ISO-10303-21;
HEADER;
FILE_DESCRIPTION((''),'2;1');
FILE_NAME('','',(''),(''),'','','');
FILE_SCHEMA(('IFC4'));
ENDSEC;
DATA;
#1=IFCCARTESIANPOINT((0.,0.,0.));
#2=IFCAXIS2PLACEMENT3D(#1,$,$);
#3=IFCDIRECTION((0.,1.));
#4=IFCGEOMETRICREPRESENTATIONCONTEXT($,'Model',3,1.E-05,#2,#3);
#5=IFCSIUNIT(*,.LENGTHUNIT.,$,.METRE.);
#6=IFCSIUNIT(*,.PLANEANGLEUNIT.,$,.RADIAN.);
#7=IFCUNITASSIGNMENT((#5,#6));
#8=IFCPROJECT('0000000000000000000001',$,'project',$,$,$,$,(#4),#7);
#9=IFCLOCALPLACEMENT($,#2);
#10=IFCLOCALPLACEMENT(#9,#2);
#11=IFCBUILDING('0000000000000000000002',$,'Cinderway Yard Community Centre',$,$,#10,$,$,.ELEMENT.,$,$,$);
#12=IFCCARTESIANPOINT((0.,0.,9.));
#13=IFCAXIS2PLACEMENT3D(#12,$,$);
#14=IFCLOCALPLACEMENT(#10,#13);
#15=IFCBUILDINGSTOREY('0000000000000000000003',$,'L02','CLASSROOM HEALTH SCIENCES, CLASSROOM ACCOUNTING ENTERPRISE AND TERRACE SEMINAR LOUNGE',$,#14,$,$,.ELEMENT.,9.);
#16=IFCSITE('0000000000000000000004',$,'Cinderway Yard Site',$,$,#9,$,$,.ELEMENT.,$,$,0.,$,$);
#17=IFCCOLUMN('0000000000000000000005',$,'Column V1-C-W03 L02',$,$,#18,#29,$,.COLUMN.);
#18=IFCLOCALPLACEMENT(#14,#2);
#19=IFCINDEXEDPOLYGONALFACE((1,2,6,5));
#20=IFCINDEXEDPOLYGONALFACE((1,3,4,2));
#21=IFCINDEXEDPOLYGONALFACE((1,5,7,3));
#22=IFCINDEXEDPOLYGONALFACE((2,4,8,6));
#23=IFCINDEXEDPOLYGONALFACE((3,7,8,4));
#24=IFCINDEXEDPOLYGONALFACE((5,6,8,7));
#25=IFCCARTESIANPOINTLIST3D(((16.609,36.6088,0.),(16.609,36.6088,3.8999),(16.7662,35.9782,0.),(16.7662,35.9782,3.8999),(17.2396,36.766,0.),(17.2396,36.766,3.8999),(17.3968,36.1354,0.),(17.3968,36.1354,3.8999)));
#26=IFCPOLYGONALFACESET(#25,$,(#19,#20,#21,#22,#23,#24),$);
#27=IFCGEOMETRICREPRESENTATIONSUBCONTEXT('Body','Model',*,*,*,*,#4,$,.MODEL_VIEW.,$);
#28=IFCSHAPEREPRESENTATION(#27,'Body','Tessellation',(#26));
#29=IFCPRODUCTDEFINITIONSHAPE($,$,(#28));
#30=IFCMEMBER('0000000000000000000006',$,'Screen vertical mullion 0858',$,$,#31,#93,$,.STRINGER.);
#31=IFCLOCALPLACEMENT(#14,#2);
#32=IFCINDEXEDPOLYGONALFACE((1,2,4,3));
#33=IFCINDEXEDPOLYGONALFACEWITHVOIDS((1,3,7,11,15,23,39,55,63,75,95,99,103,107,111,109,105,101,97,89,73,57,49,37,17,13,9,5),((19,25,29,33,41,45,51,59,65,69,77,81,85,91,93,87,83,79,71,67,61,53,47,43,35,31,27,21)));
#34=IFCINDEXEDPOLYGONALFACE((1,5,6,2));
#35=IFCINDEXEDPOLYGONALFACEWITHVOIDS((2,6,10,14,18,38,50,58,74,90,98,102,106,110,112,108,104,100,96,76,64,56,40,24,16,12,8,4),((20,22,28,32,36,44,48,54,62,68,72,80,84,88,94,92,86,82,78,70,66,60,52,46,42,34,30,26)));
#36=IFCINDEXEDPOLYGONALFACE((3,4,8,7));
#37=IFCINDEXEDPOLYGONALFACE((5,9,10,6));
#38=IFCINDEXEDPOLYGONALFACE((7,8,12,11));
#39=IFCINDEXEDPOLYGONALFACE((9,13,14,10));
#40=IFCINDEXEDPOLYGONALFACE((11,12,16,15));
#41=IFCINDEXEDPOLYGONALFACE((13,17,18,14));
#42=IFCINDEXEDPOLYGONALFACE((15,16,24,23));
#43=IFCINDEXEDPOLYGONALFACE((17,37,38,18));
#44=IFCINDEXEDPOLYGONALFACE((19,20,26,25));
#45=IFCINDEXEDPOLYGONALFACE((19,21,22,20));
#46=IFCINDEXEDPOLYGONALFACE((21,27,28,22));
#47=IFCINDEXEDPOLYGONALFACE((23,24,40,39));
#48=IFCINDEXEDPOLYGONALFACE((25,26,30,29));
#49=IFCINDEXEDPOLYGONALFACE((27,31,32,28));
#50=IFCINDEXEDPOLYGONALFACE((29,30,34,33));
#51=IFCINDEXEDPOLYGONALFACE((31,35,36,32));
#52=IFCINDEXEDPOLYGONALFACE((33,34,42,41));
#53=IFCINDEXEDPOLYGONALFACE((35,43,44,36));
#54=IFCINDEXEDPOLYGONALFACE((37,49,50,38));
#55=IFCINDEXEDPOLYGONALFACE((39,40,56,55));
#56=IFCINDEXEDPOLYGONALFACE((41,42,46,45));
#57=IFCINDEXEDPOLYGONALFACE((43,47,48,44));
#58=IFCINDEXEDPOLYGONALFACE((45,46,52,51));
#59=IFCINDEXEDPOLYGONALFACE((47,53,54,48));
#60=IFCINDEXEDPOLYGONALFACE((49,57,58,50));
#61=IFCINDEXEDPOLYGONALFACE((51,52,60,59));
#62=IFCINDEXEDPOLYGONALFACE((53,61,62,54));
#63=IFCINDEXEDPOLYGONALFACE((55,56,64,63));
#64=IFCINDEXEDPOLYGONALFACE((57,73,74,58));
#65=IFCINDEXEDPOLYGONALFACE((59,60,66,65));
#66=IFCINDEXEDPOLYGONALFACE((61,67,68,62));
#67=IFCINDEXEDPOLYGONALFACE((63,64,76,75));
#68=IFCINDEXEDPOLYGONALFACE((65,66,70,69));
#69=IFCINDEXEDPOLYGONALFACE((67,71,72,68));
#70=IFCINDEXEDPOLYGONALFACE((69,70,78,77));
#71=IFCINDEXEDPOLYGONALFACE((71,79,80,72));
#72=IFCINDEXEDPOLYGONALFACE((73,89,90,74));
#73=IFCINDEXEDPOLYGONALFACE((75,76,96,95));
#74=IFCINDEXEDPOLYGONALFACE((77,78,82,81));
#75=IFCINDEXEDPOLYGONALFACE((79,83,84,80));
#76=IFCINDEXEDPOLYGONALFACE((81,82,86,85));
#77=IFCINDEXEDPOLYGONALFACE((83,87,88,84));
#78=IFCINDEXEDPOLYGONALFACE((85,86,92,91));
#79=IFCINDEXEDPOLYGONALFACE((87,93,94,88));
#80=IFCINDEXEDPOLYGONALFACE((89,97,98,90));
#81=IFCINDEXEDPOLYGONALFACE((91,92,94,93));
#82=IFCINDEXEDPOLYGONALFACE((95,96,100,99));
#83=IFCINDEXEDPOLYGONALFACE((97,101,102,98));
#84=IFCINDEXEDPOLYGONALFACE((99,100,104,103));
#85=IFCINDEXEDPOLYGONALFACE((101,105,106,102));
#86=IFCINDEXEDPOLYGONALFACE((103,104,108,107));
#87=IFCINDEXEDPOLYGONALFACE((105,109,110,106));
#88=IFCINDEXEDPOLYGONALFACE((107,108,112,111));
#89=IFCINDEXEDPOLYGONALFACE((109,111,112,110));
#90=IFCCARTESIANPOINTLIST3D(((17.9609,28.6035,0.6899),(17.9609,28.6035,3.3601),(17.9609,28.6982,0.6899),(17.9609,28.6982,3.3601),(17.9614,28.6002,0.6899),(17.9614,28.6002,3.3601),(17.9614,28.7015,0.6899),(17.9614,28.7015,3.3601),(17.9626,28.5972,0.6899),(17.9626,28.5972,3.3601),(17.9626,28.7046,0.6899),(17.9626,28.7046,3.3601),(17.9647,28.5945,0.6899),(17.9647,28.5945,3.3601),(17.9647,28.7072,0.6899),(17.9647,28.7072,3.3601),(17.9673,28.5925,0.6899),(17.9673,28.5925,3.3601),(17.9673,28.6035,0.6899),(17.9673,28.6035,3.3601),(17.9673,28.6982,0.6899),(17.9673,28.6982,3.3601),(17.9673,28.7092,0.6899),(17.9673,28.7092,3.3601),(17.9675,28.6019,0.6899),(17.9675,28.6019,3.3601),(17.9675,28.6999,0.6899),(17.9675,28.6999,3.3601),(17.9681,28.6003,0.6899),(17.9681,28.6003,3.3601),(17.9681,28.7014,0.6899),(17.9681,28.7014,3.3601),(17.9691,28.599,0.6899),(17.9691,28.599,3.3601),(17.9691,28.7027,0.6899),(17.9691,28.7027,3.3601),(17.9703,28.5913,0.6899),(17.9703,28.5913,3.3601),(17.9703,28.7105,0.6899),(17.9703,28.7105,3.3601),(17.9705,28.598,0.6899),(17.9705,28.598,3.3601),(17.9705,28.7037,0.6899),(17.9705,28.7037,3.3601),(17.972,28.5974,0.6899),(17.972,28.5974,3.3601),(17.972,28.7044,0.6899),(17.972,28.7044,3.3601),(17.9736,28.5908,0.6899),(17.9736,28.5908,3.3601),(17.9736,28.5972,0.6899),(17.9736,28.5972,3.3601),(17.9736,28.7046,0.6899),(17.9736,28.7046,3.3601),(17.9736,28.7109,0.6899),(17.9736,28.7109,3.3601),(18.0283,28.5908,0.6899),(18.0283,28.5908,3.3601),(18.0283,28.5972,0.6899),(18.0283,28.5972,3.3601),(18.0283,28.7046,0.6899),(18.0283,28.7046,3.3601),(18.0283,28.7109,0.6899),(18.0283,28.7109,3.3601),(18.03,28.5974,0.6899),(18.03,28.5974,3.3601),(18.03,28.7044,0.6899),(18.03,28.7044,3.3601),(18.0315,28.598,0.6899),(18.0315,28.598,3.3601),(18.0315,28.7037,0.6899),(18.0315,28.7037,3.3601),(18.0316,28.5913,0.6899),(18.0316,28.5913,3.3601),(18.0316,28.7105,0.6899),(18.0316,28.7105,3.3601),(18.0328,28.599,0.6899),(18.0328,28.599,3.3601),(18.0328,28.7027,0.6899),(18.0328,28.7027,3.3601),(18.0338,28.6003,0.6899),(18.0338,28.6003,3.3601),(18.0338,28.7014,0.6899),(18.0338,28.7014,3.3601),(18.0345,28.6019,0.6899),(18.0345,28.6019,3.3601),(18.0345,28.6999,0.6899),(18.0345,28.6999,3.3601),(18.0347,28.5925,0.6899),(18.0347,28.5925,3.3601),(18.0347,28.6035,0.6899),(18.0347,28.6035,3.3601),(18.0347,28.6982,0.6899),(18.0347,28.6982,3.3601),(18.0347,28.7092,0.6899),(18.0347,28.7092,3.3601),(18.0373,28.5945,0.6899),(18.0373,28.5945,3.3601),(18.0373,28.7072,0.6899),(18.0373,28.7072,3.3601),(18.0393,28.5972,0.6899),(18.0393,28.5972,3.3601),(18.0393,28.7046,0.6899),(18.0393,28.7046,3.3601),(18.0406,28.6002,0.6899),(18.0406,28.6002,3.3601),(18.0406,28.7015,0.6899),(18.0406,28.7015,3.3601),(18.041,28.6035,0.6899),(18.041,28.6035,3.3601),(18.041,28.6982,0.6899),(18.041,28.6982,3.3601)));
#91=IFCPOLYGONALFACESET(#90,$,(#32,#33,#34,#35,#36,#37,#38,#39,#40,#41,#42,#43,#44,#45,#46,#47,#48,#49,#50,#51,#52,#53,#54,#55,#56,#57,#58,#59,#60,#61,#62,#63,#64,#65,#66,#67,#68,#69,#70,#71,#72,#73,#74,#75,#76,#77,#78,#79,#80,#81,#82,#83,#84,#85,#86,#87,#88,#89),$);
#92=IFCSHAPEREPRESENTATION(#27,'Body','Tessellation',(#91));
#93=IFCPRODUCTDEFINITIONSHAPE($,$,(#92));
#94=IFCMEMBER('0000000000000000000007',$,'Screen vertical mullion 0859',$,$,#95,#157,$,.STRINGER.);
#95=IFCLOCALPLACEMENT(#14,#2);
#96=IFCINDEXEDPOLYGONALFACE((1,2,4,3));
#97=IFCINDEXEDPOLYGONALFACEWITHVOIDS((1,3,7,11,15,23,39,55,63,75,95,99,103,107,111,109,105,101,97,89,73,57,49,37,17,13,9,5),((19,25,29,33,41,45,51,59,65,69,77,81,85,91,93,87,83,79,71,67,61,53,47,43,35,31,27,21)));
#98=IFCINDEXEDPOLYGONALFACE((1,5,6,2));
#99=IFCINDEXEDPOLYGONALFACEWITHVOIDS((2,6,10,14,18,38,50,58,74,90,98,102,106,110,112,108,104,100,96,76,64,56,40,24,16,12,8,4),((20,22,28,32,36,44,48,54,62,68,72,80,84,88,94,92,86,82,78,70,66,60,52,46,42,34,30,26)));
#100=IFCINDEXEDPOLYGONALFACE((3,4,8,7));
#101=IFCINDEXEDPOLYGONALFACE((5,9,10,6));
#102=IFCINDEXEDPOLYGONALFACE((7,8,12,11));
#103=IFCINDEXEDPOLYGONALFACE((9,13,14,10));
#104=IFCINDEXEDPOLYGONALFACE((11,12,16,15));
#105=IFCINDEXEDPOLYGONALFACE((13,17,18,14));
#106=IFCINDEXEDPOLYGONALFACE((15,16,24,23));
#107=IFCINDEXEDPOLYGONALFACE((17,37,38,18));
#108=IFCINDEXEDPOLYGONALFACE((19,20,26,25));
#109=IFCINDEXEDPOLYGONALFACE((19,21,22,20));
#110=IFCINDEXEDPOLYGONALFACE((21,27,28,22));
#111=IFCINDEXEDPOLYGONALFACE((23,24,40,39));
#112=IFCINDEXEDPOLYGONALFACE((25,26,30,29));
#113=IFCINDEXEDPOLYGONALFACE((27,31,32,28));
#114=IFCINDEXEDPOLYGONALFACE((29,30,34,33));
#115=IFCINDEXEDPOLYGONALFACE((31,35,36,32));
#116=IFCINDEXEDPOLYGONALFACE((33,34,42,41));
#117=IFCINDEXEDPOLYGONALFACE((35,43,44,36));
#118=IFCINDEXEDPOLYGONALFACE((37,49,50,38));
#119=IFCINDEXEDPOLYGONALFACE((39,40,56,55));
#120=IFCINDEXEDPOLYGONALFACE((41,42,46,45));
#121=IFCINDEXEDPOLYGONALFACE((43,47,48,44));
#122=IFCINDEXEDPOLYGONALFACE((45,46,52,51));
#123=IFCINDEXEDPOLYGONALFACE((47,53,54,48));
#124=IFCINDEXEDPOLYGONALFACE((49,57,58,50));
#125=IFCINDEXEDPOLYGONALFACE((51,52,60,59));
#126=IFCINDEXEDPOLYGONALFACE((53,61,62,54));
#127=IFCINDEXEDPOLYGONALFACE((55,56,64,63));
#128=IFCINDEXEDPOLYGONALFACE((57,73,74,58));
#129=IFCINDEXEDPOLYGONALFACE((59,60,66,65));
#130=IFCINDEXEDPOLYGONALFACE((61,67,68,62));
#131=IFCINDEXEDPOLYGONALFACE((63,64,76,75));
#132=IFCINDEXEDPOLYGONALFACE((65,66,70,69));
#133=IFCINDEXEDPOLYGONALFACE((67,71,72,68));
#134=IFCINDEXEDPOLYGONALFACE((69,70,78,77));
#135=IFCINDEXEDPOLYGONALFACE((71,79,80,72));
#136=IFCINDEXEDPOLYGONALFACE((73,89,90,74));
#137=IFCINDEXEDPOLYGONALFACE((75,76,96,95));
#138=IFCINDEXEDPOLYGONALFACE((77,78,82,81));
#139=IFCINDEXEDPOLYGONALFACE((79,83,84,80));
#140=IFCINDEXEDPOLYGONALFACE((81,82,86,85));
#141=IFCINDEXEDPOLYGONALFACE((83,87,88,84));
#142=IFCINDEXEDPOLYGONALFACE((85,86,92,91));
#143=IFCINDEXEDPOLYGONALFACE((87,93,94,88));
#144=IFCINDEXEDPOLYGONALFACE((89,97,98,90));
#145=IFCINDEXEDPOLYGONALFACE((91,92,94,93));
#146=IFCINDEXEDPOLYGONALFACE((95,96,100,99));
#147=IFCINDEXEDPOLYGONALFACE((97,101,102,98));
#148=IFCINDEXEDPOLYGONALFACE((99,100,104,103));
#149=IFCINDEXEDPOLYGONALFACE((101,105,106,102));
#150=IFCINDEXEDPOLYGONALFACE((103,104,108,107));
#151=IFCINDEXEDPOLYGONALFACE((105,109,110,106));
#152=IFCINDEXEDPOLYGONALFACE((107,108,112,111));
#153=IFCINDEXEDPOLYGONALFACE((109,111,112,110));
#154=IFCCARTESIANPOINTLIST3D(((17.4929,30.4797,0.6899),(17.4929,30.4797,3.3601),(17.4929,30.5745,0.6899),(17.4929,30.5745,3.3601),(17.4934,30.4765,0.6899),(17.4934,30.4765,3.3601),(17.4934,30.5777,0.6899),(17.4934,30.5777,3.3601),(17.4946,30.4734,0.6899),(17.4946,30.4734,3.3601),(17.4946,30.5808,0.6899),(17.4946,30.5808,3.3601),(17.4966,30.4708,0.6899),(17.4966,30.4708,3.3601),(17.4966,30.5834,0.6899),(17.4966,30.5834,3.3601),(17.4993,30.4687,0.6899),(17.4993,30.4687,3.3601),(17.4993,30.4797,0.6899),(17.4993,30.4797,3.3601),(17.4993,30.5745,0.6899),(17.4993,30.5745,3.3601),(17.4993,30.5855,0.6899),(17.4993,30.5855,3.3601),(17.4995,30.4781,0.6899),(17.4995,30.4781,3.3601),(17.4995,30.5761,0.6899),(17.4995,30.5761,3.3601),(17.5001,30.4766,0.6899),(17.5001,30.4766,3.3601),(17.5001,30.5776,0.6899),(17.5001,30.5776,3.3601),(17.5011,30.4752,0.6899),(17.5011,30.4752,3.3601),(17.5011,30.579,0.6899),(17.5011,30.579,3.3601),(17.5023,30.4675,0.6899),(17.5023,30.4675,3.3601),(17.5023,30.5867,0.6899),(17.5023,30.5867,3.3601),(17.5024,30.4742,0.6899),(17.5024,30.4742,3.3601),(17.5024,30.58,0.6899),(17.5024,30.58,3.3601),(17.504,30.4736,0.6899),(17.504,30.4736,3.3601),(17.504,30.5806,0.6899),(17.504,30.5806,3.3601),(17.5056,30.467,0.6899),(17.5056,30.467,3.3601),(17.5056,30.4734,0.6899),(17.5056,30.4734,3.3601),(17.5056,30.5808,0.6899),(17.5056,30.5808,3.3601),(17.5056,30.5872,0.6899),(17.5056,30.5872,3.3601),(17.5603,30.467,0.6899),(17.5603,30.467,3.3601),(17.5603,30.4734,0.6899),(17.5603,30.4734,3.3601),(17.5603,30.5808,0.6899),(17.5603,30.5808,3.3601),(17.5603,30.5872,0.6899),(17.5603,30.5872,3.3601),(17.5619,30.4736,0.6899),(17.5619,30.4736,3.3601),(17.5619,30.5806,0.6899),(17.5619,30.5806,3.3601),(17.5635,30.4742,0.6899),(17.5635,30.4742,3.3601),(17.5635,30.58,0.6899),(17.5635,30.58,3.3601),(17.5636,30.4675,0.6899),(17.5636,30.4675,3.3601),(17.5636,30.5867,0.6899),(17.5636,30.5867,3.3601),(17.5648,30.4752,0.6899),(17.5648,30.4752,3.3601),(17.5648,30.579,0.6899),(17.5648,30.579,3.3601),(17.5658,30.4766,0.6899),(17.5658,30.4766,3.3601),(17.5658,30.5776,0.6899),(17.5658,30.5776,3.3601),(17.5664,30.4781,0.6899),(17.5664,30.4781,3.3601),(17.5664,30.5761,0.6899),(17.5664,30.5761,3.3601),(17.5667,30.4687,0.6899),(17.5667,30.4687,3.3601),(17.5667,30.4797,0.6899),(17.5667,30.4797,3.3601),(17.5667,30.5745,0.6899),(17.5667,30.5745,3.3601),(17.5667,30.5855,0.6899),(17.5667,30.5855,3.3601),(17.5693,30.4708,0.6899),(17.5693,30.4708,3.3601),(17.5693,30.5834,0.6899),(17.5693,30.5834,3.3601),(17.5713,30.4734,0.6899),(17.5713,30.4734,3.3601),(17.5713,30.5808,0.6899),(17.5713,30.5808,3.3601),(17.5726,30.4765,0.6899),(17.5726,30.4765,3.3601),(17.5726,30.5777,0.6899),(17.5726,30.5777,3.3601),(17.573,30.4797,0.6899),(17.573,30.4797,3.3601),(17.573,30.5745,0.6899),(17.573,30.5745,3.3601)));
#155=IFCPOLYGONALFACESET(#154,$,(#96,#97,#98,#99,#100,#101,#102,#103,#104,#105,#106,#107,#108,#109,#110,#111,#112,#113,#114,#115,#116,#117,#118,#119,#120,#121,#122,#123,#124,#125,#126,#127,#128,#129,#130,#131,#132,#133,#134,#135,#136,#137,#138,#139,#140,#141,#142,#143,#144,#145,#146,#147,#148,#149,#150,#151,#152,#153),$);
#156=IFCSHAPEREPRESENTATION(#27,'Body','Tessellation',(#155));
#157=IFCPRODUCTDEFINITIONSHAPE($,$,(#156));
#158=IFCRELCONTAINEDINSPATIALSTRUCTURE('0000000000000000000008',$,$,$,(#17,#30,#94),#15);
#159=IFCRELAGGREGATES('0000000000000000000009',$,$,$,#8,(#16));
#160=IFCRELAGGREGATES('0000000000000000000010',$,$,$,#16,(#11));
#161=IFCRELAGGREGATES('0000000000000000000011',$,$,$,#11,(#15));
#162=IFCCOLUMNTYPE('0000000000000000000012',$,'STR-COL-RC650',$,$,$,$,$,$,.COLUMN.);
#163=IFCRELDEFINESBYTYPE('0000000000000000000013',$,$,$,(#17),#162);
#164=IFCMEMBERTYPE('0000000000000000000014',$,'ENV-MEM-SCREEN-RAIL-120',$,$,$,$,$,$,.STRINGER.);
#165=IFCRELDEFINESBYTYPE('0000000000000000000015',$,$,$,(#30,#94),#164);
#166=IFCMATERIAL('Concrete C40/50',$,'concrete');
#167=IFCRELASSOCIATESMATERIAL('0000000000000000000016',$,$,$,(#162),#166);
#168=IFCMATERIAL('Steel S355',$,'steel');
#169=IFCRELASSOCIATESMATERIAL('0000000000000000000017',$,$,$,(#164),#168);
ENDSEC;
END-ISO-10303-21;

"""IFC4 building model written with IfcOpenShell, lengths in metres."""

from ifc_helpers import new_model, si_unit, direction, frame, origin, origin_2d, place, context, subcontext, project, spatial, rectangle, hollow_rectangle, extrude, material, material_profile, profile_set, type_object, element, save


model = new_model("IFC4")

# Units and contexts
model_context = context("Model", 3, precision=1e-05, world=origin(), true_north=direction((0.0, 1.0)))
body_context = subcontext(model_context, "Body", "Model", "MODEL_VIEW")
ifc_project = project(units=[si_unit("LENGTHUNIT", "METRE"), si_unit("PLANEANGLEUNIT", "RADIAN")], contexts=[model_context])

# Site, building, storey
site_placement = place(None, origin())
site = spatial("IfcSite", under=ifc_project, at=site_placement, Name="Cinderway Yard Site", CompositionType="ELEMENT", RefElevation=0.0)
building_placement = place(site_placement, origin())
building = spatial("IfcBuilding", under=site, at=building_placement, Name="Cinderway Yard Community Centre", CompositionType="ELEMENT")
storey_placement = place(building_placement, frame((0.0, 0.0, 9.0)))
storey = spatial("IfcBuildingStorey", under=building, at=storey_placement, Name="L02", Description="CLASSROOM HEALTH SCIENCES, CLASSROOM ACCOUNTING ENTERPRISE AND TERRACE SEMINAR LOUNGE", CompositionType="ELEMENT", Elevation=9.0)

# Column
ifc_material_1 = material(Name="Concrete C40/50", Category="concrete")
ifc_material_profile_1 = material_profile(ifc_material_1, rectangle(XDim=0.6499, YDim=0.6499, at=origin_2d()), Name="Concrete C40/50")
ifc_profile_set_1 = profile_set([ifc_material_profile_1], Name="Concrete C40/50")
column_type = type_object("IfcColumnType", Name="STR-COL-RC650", PredefinedType="COLUMN", material=ifc_profile_set_1)
column_placement = place(storey_placement, frame((17.0029, 36.3721, 0.0), z_axis=(0.0, 0.0, 1.0), x_axis=(0.970296, 0.241922, 0.0)))
element("IfcColumn", 1, at=column_placement, inside=storey, type_object=column_type, Name="Column V1-C-W03 L02", PredefinedType="COLUMN", context=body_context, shape_type="SweptSolid", body=[
    extrude(rectangle(XDim=0.6499, YDim=0.6499, at=origin_2d()), origin(), (0.0, 0.0, 1.0), 3.8999),
])

# Members
ifc_material_2 = material(Name="Steel S355", Category="steel")
ifc_material_profile_2 = material_profile(ifc_material_2, hollow_rectangle(XDim=0.0801, YDim=0.1201, WallThickness=0.0063, InnerFilletRadius=0.0063, OuterFilletRadius=0.0127, at=origin_2d()), Name="Steel S355")
ifc_profile_set_2 = profile_set([ifc_material_profile_2], Name="Steel S355")
member_type_1 = type_object("IfcMemberType", Name="ENV-MEM-SCREEN-RAIL-120", PredefinedType="STRINGER", material=ifc_profile_set_2)
for number, where, z_axis, x_axis, name in (
    (2, (18.001, 28.6509, 0.6899), (0.0, 0.0, 1.0), (1.0, 0.0, 0.0), "Screen vertical mullion 0858"),
    (3, (17.533, 30.5271, 0.6899), (0.0, 0.0, 1.0), (1.0, 0.0, 0.0), "Screen vertical mullion 0859"),
):
    element("IfcMember", number, at=place(storey_placement, frame(where, z_axis=z_axis, x_axis=x_axis)), inside=storey, type_object=member_type_1, Name=name, PredefinedType="STRINGER", context=body_context, shape_type="SweptSolid", body=[
        extrude(hollow_rectangle(XDim=0.0801, YDim=0.1201, WallThickness=0.0063, InnerFilletRadius=0.0063, OuterFilletRadius=0.0127, at=origin_2d()), origin(), (0.0, 0.0, 1.0), 2.6702),
    ])

save(model, "model.ifc")
